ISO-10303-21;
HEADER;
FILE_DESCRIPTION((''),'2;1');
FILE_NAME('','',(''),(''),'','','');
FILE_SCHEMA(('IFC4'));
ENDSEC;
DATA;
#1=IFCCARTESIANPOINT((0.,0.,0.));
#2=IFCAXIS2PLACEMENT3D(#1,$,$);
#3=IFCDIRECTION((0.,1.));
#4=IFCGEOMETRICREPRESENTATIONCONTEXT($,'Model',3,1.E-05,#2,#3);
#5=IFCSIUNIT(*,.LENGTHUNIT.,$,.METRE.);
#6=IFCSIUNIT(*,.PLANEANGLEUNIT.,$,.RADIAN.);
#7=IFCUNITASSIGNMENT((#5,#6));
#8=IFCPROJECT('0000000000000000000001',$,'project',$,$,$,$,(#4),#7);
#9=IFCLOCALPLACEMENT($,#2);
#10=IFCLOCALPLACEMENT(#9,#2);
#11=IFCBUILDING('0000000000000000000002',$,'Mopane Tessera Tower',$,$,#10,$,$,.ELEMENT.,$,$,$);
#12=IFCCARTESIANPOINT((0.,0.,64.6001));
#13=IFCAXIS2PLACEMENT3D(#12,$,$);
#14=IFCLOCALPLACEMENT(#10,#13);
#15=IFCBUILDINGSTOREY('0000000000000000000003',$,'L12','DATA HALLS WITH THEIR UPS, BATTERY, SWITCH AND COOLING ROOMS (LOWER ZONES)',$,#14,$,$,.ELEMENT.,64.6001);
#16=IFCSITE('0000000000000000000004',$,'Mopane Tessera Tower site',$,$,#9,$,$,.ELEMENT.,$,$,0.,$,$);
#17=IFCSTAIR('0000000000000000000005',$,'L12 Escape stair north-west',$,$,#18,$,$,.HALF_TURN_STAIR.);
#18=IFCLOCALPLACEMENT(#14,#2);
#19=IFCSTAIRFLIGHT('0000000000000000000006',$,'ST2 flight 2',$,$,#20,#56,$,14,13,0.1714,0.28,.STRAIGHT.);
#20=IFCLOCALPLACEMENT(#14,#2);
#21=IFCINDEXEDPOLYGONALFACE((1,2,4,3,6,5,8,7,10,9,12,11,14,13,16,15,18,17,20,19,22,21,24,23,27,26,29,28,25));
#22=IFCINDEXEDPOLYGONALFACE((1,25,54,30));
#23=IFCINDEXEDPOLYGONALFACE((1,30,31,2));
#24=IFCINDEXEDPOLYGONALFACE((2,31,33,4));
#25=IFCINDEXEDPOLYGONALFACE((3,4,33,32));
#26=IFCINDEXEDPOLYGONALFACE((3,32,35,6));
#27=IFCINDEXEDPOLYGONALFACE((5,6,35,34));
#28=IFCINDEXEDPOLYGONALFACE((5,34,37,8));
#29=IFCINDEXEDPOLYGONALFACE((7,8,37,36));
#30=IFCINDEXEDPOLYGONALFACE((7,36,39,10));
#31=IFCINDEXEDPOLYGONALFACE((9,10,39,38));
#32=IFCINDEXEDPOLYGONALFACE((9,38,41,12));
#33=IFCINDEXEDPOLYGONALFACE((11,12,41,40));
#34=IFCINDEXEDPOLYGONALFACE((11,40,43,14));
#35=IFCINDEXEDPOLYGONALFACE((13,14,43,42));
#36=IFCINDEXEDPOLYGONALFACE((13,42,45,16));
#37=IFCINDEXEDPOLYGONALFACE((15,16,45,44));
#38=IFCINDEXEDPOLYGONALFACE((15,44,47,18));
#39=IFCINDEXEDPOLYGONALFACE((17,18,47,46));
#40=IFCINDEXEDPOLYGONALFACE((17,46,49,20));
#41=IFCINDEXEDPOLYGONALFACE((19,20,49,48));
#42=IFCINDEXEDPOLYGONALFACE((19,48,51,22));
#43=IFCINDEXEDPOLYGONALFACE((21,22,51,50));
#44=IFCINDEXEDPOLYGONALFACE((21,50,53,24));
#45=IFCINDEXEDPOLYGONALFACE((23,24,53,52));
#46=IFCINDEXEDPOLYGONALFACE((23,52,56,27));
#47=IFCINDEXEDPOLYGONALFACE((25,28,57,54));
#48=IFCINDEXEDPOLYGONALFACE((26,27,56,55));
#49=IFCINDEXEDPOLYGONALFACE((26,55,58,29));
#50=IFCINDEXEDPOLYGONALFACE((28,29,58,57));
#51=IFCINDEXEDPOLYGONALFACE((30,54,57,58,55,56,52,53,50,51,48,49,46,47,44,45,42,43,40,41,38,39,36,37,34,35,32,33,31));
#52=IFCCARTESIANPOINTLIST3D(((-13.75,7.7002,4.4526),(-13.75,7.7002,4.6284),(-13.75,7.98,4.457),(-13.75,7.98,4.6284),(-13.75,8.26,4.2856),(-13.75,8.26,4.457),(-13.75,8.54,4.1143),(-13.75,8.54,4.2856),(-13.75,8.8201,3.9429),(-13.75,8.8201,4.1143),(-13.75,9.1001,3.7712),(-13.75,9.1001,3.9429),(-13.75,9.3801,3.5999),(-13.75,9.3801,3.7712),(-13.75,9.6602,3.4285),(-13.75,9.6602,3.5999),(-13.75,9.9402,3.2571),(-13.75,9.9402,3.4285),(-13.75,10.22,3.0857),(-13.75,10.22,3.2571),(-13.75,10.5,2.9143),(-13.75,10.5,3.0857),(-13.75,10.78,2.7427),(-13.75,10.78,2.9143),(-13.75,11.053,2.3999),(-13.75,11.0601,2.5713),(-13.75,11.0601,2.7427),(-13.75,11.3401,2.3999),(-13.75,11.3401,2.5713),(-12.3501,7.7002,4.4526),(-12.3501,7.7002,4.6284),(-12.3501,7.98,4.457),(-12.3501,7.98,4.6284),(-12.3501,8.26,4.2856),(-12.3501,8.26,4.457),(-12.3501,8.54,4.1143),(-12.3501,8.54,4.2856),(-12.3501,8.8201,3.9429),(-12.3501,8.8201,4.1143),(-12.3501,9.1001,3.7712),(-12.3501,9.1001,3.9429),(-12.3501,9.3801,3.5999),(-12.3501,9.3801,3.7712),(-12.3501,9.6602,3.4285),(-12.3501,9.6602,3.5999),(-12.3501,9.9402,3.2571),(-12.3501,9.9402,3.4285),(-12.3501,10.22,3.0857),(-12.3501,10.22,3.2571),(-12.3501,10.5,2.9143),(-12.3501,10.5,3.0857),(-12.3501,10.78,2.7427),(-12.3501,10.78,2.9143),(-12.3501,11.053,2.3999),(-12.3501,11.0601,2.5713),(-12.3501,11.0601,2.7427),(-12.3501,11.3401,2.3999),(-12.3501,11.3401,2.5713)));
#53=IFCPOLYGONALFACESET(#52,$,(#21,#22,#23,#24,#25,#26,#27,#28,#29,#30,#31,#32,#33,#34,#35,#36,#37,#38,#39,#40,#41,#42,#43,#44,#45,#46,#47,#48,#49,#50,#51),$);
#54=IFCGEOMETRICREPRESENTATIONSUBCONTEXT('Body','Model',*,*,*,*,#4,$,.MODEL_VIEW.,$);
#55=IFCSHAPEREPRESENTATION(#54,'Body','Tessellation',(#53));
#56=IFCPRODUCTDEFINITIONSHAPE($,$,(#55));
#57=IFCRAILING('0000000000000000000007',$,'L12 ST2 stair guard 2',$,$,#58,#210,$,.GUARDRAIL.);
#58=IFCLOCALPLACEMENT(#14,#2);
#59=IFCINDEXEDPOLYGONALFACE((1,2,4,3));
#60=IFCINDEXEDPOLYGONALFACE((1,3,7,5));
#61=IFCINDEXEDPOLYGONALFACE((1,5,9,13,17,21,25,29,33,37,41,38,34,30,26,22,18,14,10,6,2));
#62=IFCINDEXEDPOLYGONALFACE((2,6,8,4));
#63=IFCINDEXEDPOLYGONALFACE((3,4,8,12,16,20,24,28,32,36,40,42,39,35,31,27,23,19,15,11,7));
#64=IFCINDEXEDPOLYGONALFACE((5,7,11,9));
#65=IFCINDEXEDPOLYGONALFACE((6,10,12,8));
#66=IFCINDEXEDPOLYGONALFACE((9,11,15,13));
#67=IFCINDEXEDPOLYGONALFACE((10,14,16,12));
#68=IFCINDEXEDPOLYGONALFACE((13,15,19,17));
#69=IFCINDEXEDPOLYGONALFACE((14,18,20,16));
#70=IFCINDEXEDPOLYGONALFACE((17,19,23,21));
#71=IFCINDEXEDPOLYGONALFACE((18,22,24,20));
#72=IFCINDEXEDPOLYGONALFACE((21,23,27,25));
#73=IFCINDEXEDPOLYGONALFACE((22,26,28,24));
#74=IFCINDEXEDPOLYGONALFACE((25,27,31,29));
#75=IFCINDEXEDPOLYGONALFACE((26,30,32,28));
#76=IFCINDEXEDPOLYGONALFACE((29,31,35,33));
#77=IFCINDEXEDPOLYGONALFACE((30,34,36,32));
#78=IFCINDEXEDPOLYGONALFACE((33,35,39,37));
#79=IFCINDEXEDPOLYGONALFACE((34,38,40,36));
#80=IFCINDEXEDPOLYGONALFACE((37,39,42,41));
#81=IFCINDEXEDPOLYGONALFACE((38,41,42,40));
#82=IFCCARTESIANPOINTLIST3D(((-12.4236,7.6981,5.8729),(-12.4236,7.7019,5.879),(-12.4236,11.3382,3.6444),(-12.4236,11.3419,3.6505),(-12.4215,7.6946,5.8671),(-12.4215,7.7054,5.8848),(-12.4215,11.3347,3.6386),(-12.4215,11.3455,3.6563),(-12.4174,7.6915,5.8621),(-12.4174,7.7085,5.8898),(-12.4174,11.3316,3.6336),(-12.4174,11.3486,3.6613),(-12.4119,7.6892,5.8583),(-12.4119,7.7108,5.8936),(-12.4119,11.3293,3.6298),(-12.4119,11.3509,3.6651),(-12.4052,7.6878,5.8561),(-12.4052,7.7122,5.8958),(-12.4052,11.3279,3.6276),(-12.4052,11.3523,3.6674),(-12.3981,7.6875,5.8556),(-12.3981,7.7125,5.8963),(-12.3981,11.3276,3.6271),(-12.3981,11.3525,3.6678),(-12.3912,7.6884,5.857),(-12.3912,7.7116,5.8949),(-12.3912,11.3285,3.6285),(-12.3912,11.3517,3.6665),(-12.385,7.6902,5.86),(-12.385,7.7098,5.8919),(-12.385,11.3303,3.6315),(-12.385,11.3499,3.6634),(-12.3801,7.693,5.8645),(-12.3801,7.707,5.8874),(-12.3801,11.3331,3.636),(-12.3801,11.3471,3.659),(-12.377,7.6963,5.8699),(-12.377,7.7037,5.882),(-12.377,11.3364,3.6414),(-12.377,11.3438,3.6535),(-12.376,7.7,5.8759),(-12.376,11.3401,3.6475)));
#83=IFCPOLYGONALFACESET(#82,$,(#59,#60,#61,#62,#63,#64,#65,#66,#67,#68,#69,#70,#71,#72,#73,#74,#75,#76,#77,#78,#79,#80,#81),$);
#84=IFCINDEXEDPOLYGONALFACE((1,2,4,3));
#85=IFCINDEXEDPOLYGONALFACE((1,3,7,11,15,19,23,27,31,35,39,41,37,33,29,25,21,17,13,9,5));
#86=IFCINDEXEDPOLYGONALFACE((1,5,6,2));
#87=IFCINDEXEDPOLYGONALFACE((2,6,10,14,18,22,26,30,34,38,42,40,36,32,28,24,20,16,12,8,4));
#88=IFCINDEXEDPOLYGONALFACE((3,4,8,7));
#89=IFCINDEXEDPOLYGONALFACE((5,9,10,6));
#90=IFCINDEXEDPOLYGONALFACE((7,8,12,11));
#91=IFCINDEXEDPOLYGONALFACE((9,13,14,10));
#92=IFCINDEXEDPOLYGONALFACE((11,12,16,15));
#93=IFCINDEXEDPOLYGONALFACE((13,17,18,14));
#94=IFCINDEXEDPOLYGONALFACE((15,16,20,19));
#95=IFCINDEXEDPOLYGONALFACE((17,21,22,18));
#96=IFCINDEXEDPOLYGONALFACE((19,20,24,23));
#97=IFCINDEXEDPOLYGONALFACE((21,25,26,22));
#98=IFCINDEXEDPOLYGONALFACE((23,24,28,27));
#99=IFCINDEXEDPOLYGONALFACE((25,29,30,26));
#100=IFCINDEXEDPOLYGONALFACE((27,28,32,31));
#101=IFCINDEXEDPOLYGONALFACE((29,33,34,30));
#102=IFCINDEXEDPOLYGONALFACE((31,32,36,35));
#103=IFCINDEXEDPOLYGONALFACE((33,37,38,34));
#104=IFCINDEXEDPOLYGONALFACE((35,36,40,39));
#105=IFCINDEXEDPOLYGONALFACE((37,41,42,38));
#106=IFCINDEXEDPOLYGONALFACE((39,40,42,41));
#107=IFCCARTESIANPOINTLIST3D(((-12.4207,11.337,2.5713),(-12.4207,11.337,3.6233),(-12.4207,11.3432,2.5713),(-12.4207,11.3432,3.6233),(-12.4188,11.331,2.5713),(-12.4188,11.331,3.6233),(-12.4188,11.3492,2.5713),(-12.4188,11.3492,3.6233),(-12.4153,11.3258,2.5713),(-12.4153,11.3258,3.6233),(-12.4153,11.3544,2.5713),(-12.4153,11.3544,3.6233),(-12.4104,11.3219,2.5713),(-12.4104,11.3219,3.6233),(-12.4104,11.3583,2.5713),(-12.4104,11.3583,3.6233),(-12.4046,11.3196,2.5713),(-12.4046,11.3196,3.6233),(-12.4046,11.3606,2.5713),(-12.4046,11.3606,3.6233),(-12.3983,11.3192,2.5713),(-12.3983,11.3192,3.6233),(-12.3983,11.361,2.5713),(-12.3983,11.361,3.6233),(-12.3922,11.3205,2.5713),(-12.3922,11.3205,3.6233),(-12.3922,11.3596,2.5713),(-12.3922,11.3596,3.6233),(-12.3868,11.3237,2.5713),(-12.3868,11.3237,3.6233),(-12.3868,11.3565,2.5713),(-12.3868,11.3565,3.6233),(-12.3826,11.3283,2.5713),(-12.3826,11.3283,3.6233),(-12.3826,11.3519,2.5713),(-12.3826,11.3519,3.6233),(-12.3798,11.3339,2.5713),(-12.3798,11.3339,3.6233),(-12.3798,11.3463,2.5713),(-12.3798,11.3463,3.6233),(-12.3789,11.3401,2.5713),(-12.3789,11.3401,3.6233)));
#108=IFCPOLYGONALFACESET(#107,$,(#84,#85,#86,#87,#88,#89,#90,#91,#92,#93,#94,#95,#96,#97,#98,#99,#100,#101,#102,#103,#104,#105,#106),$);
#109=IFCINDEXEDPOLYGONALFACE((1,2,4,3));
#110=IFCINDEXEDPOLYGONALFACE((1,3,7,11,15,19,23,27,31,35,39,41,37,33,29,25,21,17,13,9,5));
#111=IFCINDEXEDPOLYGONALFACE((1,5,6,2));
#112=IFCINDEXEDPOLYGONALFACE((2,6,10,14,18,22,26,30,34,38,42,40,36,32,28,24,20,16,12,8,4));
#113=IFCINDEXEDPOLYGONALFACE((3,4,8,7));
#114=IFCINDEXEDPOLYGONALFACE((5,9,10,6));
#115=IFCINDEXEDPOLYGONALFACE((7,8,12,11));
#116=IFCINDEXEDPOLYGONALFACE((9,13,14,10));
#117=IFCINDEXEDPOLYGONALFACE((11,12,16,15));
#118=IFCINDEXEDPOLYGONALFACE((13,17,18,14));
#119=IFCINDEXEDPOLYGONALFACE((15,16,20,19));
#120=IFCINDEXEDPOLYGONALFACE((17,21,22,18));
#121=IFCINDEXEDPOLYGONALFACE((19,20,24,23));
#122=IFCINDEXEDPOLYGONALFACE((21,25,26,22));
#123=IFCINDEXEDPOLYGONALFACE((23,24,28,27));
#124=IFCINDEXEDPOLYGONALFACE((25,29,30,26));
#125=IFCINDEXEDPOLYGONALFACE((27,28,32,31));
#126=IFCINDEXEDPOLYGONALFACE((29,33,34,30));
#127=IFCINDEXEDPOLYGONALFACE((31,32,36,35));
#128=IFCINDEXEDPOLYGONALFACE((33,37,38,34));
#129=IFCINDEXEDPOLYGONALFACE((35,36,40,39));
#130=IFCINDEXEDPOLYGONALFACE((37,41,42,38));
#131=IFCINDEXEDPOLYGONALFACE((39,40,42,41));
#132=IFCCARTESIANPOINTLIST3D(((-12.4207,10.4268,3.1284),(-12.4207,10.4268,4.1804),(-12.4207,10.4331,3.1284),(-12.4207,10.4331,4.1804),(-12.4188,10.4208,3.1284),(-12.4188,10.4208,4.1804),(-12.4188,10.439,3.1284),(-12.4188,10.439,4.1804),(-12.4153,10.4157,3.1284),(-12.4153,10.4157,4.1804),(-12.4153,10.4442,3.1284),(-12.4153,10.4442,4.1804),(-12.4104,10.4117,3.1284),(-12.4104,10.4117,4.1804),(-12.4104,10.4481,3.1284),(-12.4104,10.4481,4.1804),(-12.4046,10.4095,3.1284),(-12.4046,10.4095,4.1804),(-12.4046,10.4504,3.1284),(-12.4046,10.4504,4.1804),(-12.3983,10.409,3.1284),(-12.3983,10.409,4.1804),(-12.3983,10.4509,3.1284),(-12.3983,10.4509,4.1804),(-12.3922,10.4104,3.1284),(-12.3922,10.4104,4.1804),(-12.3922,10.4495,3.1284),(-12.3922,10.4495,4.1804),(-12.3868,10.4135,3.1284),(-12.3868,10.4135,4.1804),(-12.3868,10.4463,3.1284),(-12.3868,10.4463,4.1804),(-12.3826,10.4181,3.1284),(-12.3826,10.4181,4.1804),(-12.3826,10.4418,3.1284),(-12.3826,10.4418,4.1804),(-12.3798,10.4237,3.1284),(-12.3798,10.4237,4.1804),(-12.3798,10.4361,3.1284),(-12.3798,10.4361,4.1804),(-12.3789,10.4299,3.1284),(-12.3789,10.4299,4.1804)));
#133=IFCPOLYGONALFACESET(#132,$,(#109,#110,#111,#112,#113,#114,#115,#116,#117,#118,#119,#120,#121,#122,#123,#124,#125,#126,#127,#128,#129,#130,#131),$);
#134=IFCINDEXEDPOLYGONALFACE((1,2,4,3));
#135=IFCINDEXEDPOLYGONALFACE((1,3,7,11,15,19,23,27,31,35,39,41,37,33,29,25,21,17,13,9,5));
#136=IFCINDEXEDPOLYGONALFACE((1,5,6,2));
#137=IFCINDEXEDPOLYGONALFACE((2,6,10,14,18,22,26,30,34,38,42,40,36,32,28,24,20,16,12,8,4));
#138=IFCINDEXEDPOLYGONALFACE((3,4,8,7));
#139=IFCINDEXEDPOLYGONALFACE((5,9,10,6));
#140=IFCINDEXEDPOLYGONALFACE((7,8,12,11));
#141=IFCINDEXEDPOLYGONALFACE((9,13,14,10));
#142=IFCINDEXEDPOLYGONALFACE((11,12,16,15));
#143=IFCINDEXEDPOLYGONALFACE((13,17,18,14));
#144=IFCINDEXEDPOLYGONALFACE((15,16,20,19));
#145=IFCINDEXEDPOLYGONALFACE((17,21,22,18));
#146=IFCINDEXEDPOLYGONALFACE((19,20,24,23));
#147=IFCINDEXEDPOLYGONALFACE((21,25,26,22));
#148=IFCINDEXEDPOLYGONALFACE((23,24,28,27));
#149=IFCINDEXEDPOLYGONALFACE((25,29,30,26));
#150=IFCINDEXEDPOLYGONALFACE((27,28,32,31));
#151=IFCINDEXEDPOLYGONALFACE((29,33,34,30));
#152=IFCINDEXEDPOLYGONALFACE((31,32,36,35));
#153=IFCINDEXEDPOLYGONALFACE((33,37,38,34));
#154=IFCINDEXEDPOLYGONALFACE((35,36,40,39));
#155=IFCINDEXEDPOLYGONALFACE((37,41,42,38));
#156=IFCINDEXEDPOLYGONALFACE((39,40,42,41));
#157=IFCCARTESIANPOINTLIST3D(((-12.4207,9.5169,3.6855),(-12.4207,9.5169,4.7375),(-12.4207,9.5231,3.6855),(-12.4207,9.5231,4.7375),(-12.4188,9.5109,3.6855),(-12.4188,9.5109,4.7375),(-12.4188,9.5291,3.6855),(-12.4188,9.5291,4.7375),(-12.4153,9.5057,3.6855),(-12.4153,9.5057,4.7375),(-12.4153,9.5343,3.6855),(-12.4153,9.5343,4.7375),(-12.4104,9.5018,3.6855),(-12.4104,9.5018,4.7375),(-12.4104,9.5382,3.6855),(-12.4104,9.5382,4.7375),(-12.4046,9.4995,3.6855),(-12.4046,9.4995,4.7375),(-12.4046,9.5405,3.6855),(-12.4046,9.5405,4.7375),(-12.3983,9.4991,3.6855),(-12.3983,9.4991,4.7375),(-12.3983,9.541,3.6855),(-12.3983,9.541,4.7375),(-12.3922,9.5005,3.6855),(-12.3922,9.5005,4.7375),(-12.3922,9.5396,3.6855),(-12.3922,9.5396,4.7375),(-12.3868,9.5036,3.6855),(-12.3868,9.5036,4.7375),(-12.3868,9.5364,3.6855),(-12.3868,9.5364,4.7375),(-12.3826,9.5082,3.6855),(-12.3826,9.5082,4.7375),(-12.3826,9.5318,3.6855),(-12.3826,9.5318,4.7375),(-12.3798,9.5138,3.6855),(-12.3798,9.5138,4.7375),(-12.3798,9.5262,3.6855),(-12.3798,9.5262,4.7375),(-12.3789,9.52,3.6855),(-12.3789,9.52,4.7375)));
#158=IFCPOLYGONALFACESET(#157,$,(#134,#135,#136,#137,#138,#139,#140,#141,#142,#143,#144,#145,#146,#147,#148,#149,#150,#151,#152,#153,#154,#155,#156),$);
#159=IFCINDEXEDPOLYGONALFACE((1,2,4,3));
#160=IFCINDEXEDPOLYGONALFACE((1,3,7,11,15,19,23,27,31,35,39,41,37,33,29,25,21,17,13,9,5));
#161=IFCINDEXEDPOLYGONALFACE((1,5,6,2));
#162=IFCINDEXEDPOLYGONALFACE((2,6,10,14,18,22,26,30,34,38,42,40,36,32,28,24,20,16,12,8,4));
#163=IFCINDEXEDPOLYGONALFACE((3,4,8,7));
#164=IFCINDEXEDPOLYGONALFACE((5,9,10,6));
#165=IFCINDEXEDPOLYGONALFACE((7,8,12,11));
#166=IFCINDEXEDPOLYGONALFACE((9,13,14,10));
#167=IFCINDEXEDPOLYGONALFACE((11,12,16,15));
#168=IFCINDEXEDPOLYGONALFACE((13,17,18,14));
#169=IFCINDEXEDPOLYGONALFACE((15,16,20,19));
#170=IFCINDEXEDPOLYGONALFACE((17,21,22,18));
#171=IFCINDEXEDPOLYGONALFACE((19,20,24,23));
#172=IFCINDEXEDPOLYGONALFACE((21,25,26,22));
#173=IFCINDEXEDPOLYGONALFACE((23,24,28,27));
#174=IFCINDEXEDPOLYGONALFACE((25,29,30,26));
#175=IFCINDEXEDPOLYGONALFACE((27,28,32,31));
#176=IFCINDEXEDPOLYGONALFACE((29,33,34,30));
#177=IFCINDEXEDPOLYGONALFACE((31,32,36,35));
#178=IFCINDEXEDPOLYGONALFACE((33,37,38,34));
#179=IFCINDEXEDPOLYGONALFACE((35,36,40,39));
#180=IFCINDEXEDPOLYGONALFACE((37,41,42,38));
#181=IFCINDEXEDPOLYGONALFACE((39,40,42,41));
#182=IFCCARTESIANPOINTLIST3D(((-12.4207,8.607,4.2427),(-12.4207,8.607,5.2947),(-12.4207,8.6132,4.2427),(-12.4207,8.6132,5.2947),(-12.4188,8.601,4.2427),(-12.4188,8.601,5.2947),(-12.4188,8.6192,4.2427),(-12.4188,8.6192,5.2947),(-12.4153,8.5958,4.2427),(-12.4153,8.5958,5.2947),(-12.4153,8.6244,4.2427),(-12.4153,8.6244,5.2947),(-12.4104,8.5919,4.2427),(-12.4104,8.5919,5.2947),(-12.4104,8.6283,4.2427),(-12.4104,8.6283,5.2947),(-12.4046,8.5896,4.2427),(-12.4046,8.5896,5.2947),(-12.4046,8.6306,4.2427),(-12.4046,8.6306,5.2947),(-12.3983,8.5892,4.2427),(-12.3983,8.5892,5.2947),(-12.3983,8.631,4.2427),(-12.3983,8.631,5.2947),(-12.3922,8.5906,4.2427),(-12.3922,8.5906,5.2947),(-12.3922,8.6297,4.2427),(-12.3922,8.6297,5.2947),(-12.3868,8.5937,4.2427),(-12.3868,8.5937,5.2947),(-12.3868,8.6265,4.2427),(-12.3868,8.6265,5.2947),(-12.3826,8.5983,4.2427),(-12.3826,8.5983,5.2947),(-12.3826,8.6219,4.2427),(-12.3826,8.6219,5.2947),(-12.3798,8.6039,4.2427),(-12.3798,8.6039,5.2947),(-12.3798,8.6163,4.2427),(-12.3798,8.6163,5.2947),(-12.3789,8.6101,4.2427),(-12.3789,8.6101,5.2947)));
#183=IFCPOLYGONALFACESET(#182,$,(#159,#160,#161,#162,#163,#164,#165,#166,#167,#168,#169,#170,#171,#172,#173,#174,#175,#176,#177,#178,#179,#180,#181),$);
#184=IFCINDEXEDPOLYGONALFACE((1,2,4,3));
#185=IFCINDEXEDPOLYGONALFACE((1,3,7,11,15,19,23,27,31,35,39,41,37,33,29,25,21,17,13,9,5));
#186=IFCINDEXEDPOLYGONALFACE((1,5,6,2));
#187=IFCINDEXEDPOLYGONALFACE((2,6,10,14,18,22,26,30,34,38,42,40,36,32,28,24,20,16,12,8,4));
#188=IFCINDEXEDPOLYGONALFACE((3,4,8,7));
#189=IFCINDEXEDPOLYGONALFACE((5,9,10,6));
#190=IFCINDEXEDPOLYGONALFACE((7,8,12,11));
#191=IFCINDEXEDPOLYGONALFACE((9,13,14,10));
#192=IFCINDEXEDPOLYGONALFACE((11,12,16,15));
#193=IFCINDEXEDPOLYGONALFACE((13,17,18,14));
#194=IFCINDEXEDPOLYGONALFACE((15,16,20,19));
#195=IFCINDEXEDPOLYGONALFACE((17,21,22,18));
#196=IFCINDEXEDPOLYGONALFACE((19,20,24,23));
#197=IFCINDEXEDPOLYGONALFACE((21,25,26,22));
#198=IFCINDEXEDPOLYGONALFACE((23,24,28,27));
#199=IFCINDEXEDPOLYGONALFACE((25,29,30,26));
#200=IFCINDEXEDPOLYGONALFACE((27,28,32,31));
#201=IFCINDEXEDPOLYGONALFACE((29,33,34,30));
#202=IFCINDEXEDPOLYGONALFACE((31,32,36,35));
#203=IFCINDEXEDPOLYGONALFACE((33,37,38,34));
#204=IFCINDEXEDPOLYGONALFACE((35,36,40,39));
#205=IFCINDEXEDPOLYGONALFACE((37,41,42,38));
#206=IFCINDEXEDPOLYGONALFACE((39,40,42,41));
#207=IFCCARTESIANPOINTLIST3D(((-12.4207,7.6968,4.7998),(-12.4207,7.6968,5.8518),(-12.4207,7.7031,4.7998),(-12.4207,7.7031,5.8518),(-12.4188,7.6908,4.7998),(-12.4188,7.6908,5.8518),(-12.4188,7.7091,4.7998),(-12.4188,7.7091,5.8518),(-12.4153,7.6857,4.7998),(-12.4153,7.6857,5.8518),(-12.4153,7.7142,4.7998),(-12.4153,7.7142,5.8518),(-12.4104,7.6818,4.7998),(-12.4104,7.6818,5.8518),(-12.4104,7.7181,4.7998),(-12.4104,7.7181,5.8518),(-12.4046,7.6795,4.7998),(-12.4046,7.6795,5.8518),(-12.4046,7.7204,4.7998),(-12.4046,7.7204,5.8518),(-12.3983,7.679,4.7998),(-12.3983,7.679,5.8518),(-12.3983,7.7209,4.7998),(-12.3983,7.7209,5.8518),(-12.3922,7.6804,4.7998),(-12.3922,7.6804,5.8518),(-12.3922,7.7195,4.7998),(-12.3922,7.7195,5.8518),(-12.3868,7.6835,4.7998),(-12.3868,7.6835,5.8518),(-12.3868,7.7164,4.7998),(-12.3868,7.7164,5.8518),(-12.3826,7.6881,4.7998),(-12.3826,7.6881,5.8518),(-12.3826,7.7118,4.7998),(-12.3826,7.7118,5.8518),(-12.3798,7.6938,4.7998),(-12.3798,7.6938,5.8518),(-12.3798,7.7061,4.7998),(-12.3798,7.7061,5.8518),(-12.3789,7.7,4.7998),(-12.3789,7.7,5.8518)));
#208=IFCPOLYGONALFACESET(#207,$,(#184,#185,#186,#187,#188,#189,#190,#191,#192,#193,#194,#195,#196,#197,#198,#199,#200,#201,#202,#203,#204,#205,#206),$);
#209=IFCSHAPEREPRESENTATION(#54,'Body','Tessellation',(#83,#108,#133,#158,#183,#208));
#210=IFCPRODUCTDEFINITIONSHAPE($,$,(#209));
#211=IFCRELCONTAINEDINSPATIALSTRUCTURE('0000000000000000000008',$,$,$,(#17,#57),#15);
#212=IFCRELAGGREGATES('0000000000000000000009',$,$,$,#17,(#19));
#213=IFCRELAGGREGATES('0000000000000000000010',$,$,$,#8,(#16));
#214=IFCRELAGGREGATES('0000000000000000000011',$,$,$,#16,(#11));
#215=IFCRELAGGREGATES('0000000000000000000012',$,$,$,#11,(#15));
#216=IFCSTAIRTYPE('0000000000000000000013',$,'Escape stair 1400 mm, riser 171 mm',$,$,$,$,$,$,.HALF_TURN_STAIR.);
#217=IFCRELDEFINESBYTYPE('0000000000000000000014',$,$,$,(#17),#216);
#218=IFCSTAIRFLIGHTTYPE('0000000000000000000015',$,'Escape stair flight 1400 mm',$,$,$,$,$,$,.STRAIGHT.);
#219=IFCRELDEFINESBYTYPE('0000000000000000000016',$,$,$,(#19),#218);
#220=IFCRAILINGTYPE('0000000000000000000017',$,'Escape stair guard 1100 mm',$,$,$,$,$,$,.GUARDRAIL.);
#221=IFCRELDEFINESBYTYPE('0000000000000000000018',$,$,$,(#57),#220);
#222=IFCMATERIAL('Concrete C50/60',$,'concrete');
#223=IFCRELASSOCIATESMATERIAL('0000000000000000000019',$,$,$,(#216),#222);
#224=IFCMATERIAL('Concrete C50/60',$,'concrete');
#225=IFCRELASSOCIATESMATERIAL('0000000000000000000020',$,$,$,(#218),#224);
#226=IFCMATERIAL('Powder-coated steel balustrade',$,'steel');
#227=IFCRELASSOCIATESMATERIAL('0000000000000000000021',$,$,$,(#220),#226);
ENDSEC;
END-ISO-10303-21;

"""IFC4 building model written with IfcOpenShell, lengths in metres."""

from ifc_helpers import new_model, si_unit, direction, frame, origin, origin_2d, place, context, subcontext, project, spatial, polyline, circle, outline, extrude, material, type_object, element, aggregate, save


model = new_model("IFC4")

# Units and contexts
model_context = context("Model", 3, precision=1e-05, world=origin(), true_north=direction((0.0, 1.0)))
body_context = subcontext(model_context, "Body", "Model", "MODEL_VIEW")
ifc_project = project(units=[si_unit("LENGTHUNIT", "METRE"), si_unit("PLANEANGLEUNIT", "RADIAN")], contexts=[model_context])

# Site, building, storey
site_placement = place(None, origin())
site = spatial("IfcSite", under=ifc_project, at=site_placement, Name="Mopane Tessera Tower site", CompositionType="ELEMENT", RefElevation=0.0)
building_placement = place(site_placement, origin())
building = spatial("IfcBuilding", under=site, at=building_placement, Name="Mopane Tessera Tower", CompositionType="ELEMENT")
storey_placement = place(building_placement, frame((0.0, 0.0, 64.6001)))
storey = spatial("IfcBuildingStorey", under=building, at=storey_placement, Name="L12", Description="DATA HALLS WITH THEIR UPS, BATTERY, SWITCH AND COOLING ROOMS (LOWER ZONES)", CompositionType="ELEMENT", Elevation=64.6001)

# Stair, stair flight
ifc_material_1 = material(Name="Concrete C50/60", Category="concrete")
stair_type = type_object("IfcStairType", Name="Escape stair 1400 mm, riser 171 mm", PredefinedType="HALF_TURN_STAIR", material=ifc_material_1)
stair_placement = place(storey_placement, origin())
stair = element("IfcStair", 1, at=stair_placement, inside=storey, type_object=stair_type, Name="L12 Escape stair north-west", PredefinedType="HALF_TURN_STAIR")
ifc_material_2 = material(Name="Concrete C50/60", Category="concrete")
stair_flight_type = type_object("IfcStairFlightType", Name="Escape stair flight 1400 mm", PredefinedType="STRAIGHT", material=ifc_material_2)
stair_flight_1_placement = place(storey_placement, frame((-13.05, 11.3401, 2.3999), z_axis=(0.0, 0.0, 1.0), x_axis=(0.0, -1.0, 0.0)))
stair_flight_1 = element("IfcStairFlight", 2, at=stair_flight_1_placement, type_object=stair_flight_type, Name="ST2 flight 2", NumberOfRisers=14, NumberOfTreads=13, PredefinedType="STRAIGHT", RiserHeight=0.1714, TreadLength=0.28, context=body_context, shape_type="SweptSolid", body=[
    extrude(outline(polyline([(0.0, 0.0), (0.0, 0.1714), (0.28, 0.1714), (0.28, 0.3428), (0.5601, 0.3428), (0.5601, 0.5144), (0.8401, 0.5144), (0.8401, 0.6858), (1.1201, 0.6858), (1.1201, 0.8572), (1.3999, 0.8572), (1.3999, 1.0286), (1.6799, 1.0286), (1.6799, 1.2), (1.96, 1.2), (1.96, 1.3713), (2.24, 1.3713), (2.24, 1.543), (2.52, 1.543), (2.52, 1.7144), (2.8, 1.7144), (2.8, 1.8857), (3.0801, 1.8857), (3.0801, 2.0571), (3.3601, 2.0571), (3.3601, 2.2285), (3.6399, 2.2285), (3.6399, 2.3999), (3.6399, 2.0527), (0.2871, 0.0), (0.0, 0.0)])), frame((0.0, 0.7, 0.0), z_axis=(0.0, -1.0, 0.0), x_axis=(1.0, 0.0, 0.0)), (0.0, 0.0, 1.0), 1.3999),
])
aggregate(stair, [stair_flight_1])

# Railing
ifc_material_3 = material(Name="Powder-coated steel balustrade", Category="steel")
railing_type_1 = type_object("IfcRailingType", Name="Escape stair guard 1100 mm", PredefinedType="GUARDRAIL", material=ifc_material_3)
railing_1_placement = place(storey_placement, frame((-12.3999, 11.3401, 2.5713)))
element("IfcRailing", 3, at=railing_1_placement, inside=storey, type_object=railing_type_1, Name="L12 ST2 stair guard 2", PredefinedType="GUARDRAIL", context=body_context, shape_type="SweptSolid", body=[
    extrude(circle(Radius=0.0239, at=origin_2d()), frame((0.0, 0.0, 1.0762), z_axis=(0.0, -0.852866, 0.52213), x_axis=(1.0, 0.0, 0.0)), (0.0, 0.0, 1.0), 4.2681),
    extrude(circle(Radius=0.021, at=origin_2d()), origin(), (0.0, 0.0, 1.0), 1.052),
    extrude(circle(Radius=0.021, at=origin_2d()), frame((0.0, -0.9102, 0.5571)), (0.0, 0.0, 1.0), 1.052),
    extrude(circle(Radius=0.021, at=origin_2d()), frame((0.0, -1.8201, 1.1143)), (0.0, 0.0, 1.0), 1.052),
    extrude(circle(Radius=0.021, at=origin_2d()), frame((0.0, -2.73, 1.6714)), (0.0, 0.0, 1.0), 1.052),
    extrude(circle(Radius=0.021, at=origin_2d()), frame((0.0, -3.6401, 2.2285)), (0.0, 0.0, 1.0), 1.052),
])

save(model, "model.ifc")
